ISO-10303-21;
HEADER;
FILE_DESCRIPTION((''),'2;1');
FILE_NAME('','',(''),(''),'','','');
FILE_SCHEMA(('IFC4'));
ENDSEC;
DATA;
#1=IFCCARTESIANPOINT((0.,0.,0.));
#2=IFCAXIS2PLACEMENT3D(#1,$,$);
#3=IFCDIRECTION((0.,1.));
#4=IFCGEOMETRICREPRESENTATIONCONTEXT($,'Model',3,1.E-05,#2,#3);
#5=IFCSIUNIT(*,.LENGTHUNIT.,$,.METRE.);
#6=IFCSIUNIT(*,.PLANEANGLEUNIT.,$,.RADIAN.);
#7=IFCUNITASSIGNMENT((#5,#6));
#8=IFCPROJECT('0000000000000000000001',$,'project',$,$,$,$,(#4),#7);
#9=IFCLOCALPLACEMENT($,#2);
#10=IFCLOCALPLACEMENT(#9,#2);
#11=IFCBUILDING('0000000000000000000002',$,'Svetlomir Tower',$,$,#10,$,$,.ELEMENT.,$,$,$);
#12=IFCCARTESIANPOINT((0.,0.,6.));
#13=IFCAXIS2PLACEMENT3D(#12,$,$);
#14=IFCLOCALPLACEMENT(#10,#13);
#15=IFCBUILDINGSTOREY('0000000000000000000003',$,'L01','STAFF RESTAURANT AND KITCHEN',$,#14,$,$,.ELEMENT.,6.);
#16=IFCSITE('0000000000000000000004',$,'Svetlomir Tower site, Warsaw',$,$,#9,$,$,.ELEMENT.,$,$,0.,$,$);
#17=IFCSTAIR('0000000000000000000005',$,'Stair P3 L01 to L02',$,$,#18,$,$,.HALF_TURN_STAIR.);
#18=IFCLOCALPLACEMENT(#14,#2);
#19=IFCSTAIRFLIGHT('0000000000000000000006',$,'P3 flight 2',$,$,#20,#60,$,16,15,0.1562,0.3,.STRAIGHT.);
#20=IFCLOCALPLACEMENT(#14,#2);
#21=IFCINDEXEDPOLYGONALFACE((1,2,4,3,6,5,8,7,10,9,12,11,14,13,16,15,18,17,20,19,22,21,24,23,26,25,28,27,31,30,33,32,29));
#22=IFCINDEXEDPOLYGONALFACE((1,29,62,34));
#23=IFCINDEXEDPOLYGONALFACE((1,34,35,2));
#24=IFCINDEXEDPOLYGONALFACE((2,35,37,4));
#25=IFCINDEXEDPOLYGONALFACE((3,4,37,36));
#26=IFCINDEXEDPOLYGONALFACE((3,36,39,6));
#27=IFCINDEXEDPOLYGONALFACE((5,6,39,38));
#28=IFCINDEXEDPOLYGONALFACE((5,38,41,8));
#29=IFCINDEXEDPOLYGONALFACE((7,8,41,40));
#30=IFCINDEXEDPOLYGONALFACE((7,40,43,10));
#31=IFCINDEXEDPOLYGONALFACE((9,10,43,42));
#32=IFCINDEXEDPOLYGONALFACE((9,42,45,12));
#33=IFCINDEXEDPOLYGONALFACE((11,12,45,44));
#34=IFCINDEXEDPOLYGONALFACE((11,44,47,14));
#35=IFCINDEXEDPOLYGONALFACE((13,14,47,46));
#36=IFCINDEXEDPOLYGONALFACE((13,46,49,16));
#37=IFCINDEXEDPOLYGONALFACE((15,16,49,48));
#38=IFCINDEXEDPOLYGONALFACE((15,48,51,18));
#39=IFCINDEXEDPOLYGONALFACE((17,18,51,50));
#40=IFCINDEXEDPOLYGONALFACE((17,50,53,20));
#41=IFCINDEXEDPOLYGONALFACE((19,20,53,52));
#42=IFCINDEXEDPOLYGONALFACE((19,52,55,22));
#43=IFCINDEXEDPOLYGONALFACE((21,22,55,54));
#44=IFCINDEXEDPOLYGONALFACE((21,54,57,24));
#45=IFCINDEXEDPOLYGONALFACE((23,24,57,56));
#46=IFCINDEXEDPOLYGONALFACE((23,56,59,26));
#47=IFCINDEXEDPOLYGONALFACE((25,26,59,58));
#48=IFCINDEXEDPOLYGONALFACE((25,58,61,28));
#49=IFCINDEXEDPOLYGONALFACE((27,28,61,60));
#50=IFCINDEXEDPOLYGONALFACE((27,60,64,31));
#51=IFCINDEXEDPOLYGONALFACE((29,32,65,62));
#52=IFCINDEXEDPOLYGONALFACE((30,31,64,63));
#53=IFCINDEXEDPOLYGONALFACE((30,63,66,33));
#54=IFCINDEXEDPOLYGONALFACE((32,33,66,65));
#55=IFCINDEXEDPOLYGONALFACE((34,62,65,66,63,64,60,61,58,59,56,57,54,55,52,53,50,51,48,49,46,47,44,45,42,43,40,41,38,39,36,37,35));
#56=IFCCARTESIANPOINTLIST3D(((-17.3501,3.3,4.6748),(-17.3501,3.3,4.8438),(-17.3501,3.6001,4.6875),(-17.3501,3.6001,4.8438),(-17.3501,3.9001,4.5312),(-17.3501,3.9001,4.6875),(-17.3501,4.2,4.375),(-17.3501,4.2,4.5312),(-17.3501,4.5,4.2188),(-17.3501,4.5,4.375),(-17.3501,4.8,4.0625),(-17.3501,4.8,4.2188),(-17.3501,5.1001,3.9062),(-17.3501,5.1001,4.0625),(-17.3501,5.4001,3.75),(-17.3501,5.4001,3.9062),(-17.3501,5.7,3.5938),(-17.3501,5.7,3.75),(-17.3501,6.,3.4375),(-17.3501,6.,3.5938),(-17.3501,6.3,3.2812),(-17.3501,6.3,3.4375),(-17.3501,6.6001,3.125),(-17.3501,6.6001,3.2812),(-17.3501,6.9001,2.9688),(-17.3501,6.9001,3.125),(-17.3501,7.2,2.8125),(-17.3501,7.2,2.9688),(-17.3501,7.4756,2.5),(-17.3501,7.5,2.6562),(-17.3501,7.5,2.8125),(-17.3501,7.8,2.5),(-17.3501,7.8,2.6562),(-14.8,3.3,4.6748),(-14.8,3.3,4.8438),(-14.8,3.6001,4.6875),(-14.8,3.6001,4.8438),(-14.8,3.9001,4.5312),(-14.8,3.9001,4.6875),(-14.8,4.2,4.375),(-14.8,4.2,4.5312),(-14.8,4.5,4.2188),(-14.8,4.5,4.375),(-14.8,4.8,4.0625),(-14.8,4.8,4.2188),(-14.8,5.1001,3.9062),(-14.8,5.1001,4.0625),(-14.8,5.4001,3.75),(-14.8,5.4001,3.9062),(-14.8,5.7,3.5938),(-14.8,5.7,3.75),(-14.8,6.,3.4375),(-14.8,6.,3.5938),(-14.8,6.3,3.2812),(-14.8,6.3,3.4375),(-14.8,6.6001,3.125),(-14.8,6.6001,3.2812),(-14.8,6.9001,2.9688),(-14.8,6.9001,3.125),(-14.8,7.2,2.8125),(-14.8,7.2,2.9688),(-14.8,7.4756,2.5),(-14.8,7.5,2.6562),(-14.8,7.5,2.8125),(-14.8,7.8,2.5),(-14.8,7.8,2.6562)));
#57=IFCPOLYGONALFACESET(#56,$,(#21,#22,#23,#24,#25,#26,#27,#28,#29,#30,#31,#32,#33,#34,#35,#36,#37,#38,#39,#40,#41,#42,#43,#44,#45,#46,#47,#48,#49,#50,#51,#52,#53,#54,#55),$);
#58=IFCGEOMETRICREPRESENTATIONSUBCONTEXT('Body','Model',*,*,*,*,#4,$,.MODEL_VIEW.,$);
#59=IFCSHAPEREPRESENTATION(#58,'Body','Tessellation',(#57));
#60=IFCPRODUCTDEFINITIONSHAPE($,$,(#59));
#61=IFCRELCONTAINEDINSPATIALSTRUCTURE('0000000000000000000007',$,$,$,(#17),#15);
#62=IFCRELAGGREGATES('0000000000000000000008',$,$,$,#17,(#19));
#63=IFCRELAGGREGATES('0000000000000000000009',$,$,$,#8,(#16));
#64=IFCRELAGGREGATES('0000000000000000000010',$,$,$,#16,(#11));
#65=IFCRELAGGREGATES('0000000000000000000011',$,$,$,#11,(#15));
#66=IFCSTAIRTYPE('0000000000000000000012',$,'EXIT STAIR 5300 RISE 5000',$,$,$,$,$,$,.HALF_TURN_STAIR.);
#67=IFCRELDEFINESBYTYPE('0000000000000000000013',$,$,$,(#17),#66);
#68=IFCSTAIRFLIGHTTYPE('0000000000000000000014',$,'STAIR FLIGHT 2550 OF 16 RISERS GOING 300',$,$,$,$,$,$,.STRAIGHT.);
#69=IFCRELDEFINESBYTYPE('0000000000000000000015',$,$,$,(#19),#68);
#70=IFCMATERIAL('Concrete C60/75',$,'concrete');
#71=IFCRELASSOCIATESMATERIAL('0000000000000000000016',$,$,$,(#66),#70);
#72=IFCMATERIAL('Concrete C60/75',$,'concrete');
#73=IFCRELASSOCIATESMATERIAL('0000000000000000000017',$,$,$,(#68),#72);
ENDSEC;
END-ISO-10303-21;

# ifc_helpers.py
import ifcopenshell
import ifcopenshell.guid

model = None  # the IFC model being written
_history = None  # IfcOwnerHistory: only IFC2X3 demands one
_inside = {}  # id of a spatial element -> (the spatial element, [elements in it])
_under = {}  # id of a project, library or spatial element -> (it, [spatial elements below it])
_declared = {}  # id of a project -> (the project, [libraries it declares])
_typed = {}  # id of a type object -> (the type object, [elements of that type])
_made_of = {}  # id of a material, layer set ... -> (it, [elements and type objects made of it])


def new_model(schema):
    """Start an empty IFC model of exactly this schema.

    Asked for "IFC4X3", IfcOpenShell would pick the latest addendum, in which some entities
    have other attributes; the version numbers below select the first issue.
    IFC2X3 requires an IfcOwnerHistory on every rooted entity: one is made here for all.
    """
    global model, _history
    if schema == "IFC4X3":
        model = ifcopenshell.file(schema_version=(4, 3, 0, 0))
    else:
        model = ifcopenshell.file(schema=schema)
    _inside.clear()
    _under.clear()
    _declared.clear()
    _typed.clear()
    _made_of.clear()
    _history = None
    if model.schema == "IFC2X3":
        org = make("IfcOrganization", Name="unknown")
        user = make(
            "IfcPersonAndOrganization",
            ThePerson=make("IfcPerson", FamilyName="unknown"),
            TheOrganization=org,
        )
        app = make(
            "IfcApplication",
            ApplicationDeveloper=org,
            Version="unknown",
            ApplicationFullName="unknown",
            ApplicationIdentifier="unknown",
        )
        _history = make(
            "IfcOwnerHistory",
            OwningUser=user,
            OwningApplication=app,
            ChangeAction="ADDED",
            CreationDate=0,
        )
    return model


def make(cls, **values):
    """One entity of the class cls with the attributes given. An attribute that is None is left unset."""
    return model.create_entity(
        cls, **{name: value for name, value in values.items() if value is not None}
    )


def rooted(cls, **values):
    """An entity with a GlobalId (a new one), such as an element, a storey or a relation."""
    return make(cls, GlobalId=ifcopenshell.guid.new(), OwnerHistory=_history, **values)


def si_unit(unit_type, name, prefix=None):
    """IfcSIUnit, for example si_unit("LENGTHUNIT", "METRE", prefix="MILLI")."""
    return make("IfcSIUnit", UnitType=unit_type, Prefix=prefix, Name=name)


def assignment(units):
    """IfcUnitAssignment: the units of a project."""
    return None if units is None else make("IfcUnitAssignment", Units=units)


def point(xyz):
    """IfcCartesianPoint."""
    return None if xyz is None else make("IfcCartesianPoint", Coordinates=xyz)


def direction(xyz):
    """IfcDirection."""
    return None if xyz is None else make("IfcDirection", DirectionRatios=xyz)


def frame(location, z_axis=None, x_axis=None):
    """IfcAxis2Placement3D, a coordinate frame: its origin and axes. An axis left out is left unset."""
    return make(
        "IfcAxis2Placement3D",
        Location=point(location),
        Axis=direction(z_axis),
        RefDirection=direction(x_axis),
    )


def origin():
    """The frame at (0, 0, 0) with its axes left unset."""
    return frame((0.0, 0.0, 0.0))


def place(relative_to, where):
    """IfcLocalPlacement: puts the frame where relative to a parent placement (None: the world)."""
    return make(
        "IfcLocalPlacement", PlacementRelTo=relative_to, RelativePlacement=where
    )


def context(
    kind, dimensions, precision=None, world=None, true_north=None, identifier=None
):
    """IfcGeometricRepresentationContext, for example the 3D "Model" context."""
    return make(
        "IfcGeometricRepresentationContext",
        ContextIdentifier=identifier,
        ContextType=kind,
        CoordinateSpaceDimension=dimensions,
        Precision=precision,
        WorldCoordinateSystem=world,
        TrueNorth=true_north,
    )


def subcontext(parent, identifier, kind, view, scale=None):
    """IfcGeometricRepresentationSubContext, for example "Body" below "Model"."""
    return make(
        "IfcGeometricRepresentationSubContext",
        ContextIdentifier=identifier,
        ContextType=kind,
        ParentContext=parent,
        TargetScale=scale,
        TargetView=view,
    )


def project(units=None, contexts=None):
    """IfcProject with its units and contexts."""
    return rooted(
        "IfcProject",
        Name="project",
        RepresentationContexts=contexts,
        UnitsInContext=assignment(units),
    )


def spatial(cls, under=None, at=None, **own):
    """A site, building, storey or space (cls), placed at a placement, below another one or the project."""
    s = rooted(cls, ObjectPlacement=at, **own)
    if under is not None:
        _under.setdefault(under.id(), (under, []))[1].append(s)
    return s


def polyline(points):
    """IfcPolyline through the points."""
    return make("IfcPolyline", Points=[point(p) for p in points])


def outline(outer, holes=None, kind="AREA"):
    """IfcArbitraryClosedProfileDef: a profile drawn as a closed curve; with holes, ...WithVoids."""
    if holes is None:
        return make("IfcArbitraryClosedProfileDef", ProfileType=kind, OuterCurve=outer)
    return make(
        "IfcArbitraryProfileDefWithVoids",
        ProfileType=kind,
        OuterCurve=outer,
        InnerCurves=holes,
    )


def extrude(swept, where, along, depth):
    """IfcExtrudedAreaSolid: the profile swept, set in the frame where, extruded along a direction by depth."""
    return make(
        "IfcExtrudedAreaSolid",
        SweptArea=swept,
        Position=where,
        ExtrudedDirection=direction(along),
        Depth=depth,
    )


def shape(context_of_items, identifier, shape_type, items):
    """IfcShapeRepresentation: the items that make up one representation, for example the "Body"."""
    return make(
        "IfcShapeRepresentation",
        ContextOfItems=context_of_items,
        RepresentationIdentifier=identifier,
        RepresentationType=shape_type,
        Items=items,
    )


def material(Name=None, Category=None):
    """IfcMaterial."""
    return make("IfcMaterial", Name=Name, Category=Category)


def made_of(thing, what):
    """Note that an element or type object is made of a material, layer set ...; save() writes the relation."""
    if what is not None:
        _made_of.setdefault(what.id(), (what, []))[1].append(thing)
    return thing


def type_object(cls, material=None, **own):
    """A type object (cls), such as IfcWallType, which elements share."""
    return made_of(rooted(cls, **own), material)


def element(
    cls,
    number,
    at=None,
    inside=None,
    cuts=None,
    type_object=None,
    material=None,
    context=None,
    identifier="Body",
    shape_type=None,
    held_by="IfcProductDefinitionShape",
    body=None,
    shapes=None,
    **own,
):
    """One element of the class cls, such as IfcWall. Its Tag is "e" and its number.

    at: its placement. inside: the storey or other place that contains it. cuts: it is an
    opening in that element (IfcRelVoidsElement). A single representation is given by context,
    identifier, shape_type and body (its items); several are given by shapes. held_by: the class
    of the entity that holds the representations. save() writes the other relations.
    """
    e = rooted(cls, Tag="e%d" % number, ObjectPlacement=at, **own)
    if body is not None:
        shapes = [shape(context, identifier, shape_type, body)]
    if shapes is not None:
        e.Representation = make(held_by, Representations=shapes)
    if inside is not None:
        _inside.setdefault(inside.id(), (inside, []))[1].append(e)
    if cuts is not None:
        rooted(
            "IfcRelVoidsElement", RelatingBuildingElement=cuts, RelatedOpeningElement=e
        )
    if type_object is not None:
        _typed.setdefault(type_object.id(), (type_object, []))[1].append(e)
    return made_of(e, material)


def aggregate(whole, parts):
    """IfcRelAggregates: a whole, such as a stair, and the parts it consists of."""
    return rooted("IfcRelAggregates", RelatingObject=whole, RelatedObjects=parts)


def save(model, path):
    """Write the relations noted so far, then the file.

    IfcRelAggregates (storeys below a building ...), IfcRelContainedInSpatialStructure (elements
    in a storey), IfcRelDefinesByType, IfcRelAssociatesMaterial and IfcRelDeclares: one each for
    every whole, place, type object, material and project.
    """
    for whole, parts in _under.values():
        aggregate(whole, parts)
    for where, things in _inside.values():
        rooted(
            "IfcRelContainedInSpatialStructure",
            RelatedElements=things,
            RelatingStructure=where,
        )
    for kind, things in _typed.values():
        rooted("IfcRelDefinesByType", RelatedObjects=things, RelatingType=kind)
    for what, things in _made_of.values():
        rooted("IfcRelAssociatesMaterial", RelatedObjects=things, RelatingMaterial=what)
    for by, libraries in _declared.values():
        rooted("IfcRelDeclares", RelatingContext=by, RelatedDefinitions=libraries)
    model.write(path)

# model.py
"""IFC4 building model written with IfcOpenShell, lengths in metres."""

from ifc_helpers import new_model, si_unit, direction, frame, origin, place, context, subcontext, project, spatial, polyline, outline, extrude, material, type_object, element, aggregate, save


model = new_model("IFC4")

# Units and contexts
model_context = context("Model", 3, precision=1e-05, world=origin(), true_north=direction((0.0, 1.0)))
body_context = subcontext(model_context, "Body", "Model", "MODEL_VIEW")
ifc_project = project(units=[si_unit("LENGTHUNIT", "METRE"), si_unit("PLANEANGLEUNIT", "RADIAN")], contexts=[model_context])

# Site, building, storey
site_placement = place(None, origin())
site = spatial("IfcSite", under=ifc_project, at=site_placement, Name="Svetlomir Tower site, Warsaw", CompositionType="ELEMENT", RefElevation=0.0)
building_placement = place(site_placement, origin())
building = spatial("IfcBuilding", under=site, at=building_placement, Name="Svetlomir Tower", CompositionType="ELEMENT")
storey_placement = place(building_placement, frame((0.0, 0.0, 6.0)))
storey = spatial("IfcBuildingStorey", under=building, at=storey_placement, Name="L01", Description="STAFF RESTAURANT AND KITCHEN", CompositionType="ELEMENT", Elevation=6.0)

# Stair, stair flight
ifc_material_1 = material(Name="Concrete C60/75", Category="concrete")
stair_type = type_object("IfcStairType", Name="EXIT STAIR 5300 RISE 5000", PredefinedType="HALF_TURN_STAIR", material=ifc_material_1)
stair_placement = place(storey_placement, origin())
stair = element("IfcStair", 1, at=stair_placement, inside=storey, type_object=stair_type, Name="Stair P3 L01 to L02", PredefinedType="HALF_TURN_STAIR")
ifc_material_2 = material(Name="Concrete C60/75", Category="concrete")
stair_flight_type = type_object("IfcStairFlightType", Name="STAIR FLIGHT 2550 OF 16 RISERS GOING 300", PredefinedType="STRAIGHT", material=ifc_material_2)
stair_flight_placement = place(storey_placement, frame((-16.075, 7.8, 2.5), z_axis=(0.0, 0.0, 1.0), x_axis=(0.0, -1.0, 0.0)))
stair_flight = element("IfcStairFlight", 2, at=stair_flight_placement, type_object=stair_flight_type, Name="P3 flight 2", NumberOfRisers=16, NumberOfTreads=15, PredefinedType="STRAIGHT", RiserHeight=0.1562, TreadLength=0.3, context=body_context, shape_type="SweptSolid", body=[
    extrude(outline(polyline([(0.0, 0.0), (0.0, 0.1562), (0.3, 0.1562), (0.3, 0.3125), (0.6001, 0.3125), (0.6001, 0.4688), (0.8999, 0.4688), (0.8999, 0.625), (1.2, 0.625), (1.2, 0.7812), (1.5, 0.7812), (1.5, 0.9375), (1.8, 0.9375), (1.8, 1.0938), (2.1001, 1.0938), (2.1001, 1.25), (2.3999, 1.25), (2.3999, 1.4062), (2.7, 1.4062), (2.7, 1.5625), (3.0, 1.5625), (3.0, 1.7188), (3.3, 1.7188), (3.3, 1.875), (3.6001, 1.875), (3.6001, 2.0312), (3.8999, 2.0312), (3.8999, 2.1875), (4.2, 2.1875), (4.2, 2.3438), (4.5, 2.3438), (4.5, 2.5), (4.5, 2.1748), (0.3245, 0.0), (0.0, 0.0)])), frame((0.0, 1.2749, 0.0), z_axis=(0.0, -1.0, 0.0), x_axis=(1.0, 0.0, 0.0)), (0.0, 0.0, 1.0), 2.55),
])
aggregate(stair, [stair_flight])

save(model, "model.ifc")
